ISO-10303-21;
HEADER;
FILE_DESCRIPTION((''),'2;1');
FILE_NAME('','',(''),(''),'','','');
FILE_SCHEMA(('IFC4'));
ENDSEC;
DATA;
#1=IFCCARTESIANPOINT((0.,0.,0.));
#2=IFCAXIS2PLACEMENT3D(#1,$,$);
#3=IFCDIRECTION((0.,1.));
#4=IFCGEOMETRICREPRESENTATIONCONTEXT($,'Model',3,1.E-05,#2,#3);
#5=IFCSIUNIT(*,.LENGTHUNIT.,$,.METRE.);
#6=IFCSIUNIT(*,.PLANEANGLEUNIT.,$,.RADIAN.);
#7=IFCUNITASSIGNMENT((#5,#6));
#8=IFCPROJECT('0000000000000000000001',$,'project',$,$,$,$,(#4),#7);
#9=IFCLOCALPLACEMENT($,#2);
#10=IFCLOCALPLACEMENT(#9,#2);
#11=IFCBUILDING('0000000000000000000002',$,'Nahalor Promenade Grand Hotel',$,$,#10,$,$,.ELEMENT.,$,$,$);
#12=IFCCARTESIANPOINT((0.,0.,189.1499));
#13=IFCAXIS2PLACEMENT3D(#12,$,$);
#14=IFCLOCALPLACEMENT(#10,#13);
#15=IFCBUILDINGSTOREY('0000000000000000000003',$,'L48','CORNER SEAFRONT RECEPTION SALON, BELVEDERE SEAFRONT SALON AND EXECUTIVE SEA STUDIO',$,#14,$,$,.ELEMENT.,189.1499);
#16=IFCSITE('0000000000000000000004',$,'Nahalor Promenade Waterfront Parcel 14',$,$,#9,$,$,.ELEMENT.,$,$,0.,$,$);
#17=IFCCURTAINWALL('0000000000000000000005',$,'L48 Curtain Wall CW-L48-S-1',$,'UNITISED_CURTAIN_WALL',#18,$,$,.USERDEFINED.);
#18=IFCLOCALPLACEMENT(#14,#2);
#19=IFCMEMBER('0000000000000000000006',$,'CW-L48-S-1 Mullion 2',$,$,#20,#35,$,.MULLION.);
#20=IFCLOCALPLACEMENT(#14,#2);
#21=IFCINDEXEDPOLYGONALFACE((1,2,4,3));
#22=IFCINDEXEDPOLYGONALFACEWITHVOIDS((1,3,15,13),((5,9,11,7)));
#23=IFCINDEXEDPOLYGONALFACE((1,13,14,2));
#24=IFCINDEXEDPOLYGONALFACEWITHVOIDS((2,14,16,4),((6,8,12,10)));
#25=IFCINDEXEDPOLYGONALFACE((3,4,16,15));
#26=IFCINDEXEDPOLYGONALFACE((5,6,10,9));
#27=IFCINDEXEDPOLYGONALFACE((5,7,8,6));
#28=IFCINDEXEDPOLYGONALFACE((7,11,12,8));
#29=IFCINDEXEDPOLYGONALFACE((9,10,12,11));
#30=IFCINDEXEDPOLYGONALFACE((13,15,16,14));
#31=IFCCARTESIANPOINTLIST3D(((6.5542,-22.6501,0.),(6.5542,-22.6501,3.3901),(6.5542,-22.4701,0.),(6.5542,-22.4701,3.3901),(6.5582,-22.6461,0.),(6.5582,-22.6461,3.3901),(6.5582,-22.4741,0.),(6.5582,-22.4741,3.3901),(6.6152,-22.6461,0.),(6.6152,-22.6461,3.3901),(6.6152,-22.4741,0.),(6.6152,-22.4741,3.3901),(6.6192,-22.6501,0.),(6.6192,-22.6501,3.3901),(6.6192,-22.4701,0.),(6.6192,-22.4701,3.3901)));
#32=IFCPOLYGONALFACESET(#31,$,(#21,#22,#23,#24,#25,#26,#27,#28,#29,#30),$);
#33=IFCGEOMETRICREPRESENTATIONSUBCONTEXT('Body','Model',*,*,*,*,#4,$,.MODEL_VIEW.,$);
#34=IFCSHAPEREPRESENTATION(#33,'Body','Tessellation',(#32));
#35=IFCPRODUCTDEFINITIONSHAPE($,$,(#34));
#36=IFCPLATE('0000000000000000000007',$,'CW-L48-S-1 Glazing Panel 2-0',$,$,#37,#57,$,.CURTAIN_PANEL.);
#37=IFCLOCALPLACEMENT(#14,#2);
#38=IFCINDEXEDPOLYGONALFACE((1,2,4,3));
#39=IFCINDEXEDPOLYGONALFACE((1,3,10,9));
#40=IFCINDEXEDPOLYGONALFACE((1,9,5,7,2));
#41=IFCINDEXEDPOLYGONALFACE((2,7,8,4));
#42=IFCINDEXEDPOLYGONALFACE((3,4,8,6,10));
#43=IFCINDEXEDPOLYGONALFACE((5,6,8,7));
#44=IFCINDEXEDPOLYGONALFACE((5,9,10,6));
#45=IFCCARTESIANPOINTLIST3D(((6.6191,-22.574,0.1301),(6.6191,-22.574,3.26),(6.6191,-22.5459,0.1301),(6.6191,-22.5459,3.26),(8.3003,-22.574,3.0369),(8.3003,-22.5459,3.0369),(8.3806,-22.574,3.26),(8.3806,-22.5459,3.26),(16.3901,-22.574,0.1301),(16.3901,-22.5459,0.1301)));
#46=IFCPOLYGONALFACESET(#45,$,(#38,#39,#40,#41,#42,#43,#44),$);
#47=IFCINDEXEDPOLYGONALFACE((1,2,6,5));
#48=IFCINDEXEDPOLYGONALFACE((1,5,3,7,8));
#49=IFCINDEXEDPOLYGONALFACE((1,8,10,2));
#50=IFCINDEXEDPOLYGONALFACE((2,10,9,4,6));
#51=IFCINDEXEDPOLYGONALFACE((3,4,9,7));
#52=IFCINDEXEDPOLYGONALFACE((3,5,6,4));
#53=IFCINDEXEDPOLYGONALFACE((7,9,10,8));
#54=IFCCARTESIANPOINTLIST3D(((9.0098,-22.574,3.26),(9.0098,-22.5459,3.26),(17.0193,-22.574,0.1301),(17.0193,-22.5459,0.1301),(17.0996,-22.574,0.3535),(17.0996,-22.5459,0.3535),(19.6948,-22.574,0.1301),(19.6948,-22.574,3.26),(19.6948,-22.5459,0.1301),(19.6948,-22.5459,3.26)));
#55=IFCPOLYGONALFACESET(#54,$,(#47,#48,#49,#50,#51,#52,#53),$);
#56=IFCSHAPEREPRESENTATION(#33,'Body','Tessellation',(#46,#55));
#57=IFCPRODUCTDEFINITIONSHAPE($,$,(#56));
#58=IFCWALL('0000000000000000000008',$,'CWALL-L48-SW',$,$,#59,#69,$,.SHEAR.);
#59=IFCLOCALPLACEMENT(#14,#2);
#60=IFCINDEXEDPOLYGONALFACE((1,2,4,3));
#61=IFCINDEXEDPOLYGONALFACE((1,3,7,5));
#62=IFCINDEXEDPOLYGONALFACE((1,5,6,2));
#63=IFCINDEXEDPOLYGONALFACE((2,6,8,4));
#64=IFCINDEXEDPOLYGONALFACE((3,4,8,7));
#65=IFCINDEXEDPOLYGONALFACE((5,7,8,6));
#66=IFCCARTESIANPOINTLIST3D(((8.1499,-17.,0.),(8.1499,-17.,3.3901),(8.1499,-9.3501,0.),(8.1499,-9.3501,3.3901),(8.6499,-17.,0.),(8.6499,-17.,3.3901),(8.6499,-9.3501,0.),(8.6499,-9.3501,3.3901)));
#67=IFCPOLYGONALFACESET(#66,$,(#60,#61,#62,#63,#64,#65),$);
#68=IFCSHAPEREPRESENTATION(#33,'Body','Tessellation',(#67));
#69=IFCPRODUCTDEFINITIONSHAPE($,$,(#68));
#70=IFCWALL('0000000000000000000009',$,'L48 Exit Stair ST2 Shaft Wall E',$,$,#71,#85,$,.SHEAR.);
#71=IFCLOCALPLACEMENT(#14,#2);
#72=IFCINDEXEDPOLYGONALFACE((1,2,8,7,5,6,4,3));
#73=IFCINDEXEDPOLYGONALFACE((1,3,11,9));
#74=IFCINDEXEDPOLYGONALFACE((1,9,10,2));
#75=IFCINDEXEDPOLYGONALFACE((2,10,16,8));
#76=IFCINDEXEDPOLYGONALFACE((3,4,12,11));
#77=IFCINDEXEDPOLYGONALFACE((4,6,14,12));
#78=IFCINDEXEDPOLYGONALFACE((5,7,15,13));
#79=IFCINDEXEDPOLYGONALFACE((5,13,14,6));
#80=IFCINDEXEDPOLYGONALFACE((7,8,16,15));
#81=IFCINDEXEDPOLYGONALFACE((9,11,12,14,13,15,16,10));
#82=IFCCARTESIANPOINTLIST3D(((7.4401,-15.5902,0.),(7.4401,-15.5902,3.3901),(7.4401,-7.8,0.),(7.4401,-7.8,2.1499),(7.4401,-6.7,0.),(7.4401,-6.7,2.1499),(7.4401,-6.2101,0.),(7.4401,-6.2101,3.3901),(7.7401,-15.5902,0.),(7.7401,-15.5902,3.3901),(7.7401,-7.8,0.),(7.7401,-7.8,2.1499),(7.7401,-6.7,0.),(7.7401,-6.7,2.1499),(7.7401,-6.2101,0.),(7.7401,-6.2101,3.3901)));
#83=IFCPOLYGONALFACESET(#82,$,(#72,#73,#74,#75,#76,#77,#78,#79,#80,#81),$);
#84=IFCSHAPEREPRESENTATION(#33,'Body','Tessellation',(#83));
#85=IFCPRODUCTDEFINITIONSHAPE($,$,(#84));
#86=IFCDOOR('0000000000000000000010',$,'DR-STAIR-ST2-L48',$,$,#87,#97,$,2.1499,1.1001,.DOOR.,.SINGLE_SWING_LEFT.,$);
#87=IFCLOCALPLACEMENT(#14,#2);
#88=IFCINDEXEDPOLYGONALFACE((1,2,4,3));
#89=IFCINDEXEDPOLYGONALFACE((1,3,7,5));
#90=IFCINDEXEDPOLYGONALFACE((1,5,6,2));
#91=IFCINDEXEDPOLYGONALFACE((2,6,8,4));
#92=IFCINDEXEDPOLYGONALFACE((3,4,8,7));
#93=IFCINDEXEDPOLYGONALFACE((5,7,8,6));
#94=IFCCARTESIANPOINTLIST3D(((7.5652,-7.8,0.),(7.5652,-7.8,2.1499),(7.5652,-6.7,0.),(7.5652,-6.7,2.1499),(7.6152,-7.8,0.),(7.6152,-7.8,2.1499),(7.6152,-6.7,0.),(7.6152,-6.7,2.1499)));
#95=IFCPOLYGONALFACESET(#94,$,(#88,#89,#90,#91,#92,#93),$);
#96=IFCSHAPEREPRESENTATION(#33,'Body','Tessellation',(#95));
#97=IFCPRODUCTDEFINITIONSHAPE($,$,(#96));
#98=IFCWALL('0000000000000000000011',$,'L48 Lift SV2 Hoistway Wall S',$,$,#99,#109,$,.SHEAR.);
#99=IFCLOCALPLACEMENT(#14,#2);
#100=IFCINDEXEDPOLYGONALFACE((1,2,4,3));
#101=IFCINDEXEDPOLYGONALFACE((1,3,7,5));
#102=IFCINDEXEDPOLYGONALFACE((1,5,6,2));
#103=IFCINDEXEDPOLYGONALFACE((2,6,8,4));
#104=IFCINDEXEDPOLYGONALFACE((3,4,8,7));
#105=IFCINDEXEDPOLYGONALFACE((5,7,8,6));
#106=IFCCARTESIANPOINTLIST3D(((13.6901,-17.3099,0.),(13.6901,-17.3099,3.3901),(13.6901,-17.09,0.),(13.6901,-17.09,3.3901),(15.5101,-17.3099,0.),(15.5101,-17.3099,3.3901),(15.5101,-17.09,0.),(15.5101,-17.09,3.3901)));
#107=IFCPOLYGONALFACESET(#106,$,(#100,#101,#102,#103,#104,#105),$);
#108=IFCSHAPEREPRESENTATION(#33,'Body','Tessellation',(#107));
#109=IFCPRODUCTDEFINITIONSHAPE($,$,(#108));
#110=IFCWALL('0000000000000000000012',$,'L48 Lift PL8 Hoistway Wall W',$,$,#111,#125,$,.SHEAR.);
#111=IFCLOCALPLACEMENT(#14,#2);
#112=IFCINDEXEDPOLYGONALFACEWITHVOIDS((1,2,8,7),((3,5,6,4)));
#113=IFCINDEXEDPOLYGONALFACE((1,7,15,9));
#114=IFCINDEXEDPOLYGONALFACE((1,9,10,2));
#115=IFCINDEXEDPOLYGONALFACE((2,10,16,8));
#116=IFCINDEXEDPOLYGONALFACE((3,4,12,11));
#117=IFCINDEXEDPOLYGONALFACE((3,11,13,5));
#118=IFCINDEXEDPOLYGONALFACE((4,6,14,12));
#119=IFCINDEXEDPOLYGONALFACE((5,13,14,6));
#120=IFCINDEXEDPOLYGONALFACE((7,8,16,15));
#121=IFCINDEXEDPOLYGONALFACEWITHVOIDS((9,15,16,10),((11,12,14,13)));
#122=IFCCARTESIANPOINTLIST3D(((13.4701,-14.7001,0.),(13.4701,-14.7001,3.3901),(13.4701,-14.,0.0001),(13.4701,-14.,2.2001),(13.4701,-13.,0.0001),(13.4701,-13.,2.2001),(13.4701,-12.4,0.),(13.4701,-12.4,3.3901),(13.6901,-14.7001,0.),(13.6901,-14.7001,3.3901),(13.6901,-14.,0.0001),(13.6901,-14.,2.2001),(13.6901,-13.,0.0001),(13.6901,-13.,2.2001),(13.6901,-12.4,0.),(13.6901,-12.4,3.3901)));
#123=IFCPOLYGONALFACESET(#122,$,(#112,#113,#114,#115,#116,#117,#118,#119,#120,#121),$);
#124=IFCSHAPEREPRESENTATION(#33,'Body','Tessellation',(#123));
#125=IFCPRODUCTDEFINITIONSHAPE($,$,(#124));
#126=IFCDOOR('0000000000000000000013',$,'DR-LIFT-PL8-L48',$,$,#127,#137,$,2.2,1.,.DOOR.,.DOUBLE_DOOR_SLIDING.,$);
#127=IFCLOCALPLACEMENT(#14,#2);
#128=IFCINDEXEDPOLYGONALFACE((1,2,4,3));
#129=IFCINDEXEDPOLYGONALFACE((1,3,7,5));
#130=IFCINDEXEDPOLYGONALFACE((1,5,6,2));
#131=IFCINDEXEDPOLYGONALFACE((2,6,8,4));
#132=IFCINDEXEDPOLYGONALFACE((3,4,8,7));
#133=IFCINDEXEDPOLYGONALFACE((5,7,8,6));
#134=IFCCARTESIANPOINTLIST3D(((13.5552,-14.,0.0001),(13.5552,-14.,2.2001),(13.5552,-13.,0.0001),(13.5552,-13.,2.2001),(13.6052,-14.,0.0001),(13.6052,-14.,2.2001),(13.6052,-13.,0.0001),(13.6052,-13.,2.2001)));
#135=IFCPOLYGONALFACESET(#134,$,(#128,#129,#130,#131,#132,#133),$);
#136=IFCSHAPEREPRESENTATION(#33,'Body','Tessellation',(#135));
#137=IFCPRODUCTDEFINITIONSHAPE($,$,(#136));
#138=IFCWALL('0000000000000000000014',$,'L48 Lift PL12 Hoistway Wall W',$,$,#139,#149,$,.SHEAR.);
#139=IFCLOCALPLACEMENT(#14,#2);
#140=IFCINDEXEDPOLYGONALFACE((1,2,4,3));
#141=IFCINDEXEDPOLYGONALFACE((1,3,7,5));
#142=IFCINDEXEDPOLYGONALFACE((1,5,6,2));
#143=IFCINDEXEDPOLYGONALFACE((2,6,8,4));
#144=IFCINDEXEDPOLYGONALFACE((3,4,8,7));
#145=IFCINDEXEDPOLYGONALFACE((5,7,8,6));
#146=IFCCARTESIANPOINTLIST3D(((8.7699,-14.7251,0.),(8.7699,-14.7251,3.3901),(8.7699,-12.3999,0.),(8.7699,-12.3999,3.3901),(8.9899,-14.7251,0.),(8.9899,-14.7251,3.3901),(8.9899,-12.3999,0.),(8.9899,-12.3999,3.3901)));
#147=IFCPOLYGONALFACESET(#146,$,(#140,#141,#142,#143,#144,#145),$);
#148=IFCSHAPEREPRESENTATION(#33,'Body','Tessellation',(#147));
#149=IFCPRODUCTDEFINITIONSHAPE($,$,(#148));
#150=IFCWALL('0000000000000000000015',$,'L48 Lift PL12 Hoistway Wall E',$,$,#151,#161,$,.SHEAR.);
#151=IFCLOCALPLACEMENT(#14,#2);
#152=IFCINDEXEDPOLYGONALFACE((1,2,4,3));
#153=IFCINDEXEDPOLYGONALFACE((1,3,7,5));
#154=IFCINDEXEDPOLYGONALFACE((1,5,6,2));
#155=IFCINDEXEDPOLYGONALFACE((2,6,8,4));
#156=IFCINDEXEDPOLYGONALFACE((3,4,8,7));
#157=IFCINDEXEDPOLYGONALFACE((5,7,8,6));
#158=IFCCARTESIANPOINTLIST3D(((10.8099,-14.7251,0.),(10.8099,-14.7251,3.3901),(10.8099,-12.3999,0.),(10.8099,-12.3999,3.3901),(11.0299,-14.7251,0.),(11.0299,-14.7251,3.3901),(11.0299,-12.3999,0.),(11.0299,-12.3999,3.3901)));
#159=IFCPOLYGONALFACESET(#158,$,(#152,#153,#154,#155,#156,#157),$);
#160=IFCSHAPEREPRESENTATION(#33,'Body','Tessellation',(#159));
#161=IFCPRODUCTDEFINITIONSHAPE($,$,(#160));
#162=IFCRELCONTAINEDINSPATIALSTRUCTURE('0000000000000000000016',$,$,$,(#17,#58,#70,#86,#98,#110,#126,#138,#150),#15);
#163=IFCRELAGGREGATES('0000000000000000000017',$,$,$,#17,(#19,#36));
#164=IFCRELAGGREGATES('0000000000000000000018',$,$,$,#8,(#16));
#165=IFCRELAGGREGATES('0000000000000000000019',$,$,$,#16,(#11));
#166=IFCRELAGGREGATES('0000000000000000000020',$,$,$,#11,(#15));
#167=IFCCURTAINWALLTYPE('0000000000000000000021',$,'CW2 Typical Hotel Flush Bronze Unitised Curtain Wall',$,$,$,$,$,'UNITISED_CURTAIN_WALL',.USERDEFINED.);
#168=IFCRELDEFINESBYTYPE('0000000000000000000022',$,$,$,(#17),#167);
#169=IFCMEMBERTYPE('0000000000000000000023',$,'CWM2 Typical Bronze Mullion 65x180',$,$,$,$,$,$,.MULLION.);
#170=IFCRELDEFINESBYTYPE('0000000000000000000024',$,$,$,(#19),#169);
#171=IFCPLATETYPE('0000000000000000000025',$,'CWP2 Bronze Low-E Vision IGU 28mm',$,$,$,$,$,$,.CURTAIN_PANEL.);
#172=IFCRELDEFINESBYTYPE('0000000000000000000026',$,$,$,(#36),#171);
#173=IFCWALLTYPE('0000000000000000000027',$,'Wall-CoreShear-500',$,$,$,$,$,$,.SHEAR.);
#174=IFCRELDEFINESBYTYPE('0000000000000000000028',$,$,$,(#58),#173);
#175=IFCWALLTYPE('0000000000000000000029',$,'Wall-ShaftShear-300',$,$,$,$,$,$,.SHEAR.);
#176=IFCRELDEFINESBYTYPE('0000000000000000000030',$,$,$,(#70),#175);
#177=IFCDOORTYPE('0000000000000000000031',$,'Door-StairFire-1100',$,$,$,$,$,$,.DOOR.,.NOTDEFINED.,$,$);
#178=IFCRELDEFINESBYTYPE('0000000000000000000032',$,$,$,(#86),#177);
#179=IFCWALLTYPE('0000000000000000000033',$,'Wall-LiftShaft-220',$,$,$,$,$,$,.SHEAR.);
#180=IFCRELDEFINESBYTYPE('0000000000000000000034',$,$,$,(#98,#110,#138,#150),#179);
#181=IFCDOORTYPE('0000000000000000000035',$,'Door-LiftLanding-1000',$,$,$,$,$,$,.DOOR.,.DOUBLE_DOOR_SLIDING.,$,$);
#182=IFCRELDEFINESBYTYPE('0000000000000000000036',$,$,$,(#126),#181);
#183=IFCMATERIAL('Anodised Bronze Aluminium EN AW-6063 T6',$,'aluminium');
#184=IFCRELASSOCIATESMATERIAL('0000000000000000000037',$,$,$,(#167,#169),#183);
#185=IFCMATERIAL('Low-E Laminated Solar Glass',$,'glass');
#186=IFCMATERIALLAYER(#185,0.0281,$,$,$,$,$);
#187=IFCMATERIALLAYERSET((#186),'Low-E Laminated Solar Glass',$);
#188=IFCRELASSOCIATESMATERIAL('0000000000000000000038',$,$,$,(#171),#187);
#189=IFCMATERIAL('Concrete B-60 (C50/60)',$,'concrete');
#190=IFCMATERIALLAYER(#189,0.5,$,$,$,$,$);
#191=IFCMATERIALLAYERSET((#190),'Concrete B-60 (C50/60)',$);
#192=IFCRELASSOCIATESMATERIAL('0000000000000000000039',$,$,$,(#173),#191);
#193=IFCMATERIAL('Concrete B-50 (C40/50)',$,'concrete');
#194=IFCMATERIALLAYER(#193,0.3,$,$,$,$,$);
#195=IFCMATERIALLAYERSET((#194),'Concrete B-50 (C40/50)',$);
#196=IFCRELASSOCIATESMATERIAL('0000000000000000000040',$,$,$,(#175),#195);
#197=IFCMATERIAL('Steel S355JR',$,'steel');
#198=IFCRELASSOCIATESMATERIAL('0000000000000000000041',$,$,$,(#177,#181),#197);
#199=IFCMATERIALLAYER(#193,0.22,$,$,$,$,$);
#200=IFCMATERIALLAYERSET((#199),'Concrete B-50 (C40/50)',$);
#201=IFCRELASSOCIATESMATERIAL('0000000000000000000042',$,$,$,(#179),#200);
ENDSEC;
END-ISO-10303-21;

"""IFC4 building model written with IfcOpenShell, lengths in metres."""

from ifc_helpers import new_model, si_unit, direction, frame, frame_2d, origin, origin_2d, place, context, subcontext, project, spatial, polyline, rectangle, hollow_rectangle, outline, extrude, source, transform, mapped, material, layer, layer_set, material_profile, profile_set, type_object, element, fill, aggregate, save


model = new_model("IFC4")

# Units and contexts
model_context = context("Model", 3, precision=1e-05, world=origin(), true_north=direction((0.0, 1.0)))
body_context = subcontext(model_context, "Body", "Model", "MODEL_VIEW")
ifc_project = project(units=[si_unit("LENGTHUNIT", "METRE"), si_unit("PLANEANGLEUNIT", "RADIAN")], contexts=[model_context])

# Site, building, storey
site_placement = place(None, origin())
site = spatial("IfcSite", under=ifc_project, at=site_placement, Name="Nahalor Promenade Waterfront Parcel 14", CompositionType="ELEMENT", RefElevation=0.0)
building_placement = place(site_placement, origin())
building = spatial("IfcBuilding", under=site, at=building_placement, Name="Nahalor Promenade Grand Hotel", CompositionType="ELEMENT")
storey_placement = place(building_placement, frame((0.0, 0.0, 189.1499)))
storey = spatial("IfcBuildingStorey", under=building, at=storey_placement, Name="L48", Description="CORNER SEAFRONT RECEPTION SALON, BELVEDERE SEAFRONT SALON AND EXECUTIVE SEA STUDIO", CompositionType="ELEMENT", Elevation=189.1499)

# Shared definitions
ifc_material_1 = material(Name="Concrete B-60 (C50/60)", Category="concrete")

# Shared definitions
ifc_material_2 = material(Name="Steel S355JR", Category="steel")

# Curtain wall, member, plate
ifc_material_3 = material(Name="Anodised Bronze Aluminium EN AW-6063 T6", Category="aluminium")
curtain_wall_type = type_object("IfcCurtainWallType", Name="CW2 Typical Hotel Flush Bronze Unitised Curtain Wall", ElementType="UNITISED_CURTAIN_WALL", PredefinedType="USERDEFINED", material=ifc_material_3)
curtain_wall_placement = place(storey_placement, origin())
curtain_wall = element("IfcCurtainWall", 1, at=curtain_wall_placement, inside=storey, type_object=curtain_wall_type, Name="L48 Curtain Wall CW-L48-S-1", ObjectType="UNITISED_CURTAIN_WALL", PredefinedType="USERDEFINED")
ifc_material_profile_1 = material_profile(ifc_material_3, hollow_rectangle(XDim=0.065, YDim=0.18, WallThickness=0.004, at=origin_2d()), Name="CWM 65x180x4")
ifc_profile_set_1 = profile_set([ifc_material_profile_1], Name="Anodised Bronze Aluminium EN AW-6063 T6")
member_type_1 = type_object("IfcMemberType", Name="CWM2 Typical Bronze Mullion 65x180", PredefinedType="MULLION", material=ifc_profile_set_1)
shared_shape_1 = source(origin(), body_context, "Body", "SweptSolid", [
    extrude(hollow_rectangle(XDim=0.065, YDim=0.18, WallThickness=0.004, at=origin_2d()), origin(), (0.0, 0.0, 1.0), 3.3901),
])
member_1_placement = place(storey_placement, frame((6.5867, -22.5601, 0.0), z_axis=(0.0, 0.0, 1.0), x_axis=(1.0, 0.0, 0.0)))
member_1 = element("IfcMember", 2, at=member_1_placement, type_object=member_type_1, Name="CW-L48-S-1 Mullion 2", PredefinedType="MULLION", context=body_context, shape_type="MappedRepresentation", body=[
    mapped(shared_shape_1, transform((0.0, 0.0, 0.0), scale=1.0)),
])
ifc_material_4 = material(Name="Low-E Laminated Solar Glass", Category="glass")
ifc_layer_1 = layer(ifc_material_4, 0.0281)
ifc_layer_set_1 = layer_set([ifc_layer_1], Name="Low-E Laminated Solar Glass")
plate_type = type_object("IfcPlateType", Name="CWP2 Bronze Low-E Vision IGU 28mm", PredefinedType="CURTAIN_PANEL", material=ifc_layer_set_1)
plate_placement = place(storey_placement, frame((13.157, -22.5601, 0.1301), z_axis=(0.0, 0.0, 1.0), x_axis=(1.0, 0.0, 0.0)))
plate = element("IfcPlate", 3, at=plate_placement, type_object=plate_type, Name="CW-L48-S-1 Glazing Panel 2-0", PredefinedType="CURTAIN_PANEL", context=body_context, shape_type="SweptSolid", body=[
    extrude(outline(polyline([(-6.5378, 3.1299), (-6.5378, 0.0), (3.2332, 0.0), (-4.8567, 2.9067), (-4.7764, 3.1299), (-6.5378, 3.1299)])), frame((0.0, 0.0142, 0.0), z_axis=(0.0, -1.0, 0.0), x_axis=(1.0, 0.0, 0.0)), (0.0, 0.0, 1.0), 0.0281),
    extrude(outline(polyline([(6.5378, 0.0), (6.5378, 3.1299), (-4.1472, 3.1299), (3.9426, 0.2234), (3.8623, 0.0), (6.5378, 0.0)])), frame((0.0, 0.0142, 0.0), z_axis=(0.0, -1.0, 0.0), x_axis=(1.0, 0.0, 0.0)), (0.0, 0.0, 1.0), 0.0281),
])
aggregate(curtain_wall, [member_1, plate])

# Wall
ifc_layer_2 = layer(ifc_material_1, 0.5)
ifc_layer_set_2 = layer_set([ifc_layer_2], Name="Concrete B-60 (C50/60)")
wall_type_1 = type_object("IfcWallType", Name="Wall-CoreShear-500", PredefinedType="SHEAR", material=ifc_layer_set_2)
shared_shape_2 = source(origin(), body_context, "Body", "SweptSolid", [
    extrude(rectangle(XDim=7.6499, YDim=0.5, at=frame_2d((3.825, 0.0))), origin(), (0.0, 0.0, 1.0), 3.3901),
])
wall_1_placement = place(storey_placement, frame((8.3999, -17.0, 0.0), z_axis=(0.0, 0.0, 1.0), x_axis=(0.0, 1.0, 0.0)))
element("IfcWall", 4, at=wall_1_placement, inside=storey, type_object=wall_type_1, Name="CWALL-L48-SW", PredefinedType="SHEAR", context=body_context, shape_type="MappedRepresentation", body=[
    mapped(shared_shape_2, transform((0.0, 0.0, 0.0), scale=1.0)),
])

# Wall, opening, door
ifc_material_5 = material(Name="Concrete B-50 (C40/50)", Category="concrete")
ifc_layer_3 = layer(ifc_material_5, 0.3)
ifc_layer_set_3 = layer_set([ifc_layer_3], Name="Concrete B-50 (C40/50)")
wall_type_2 = type_object("IfcWallType", Name="Wall-ShaftShear-300", PredefinedType="SHEAR", material=ifc_layer_set_3)
shared_shape_3 = source(origin(), body_context, "Body", "SweptSolid", [
    extrude(rectangle(XDim=9.3801, YDim=0.3, at=frame_2d((4.6899, 0.0))), origin(), (0.0, 0.0, 1.0), 3.3901),
])
wall_2_placement = place(storey_placement, frame((7.5901, -15.5901, 0.0), z_axis=(0.0, 0.0, 1.0), x_axis=(0.0, 1.0, 0.0)))
wall_2 = element("IfcWall", 5, at=wall_2_placement, inside=storey, type_object=wall_type_2, Name="L48 Exit Stair ST2 Shaft Wall E", PredefinedType="SHEAR", context=body_context, shape_type="MappedRepresentation", body=[
    mapped(shared_shape_3, transform((0.0, 0.0, 0.0), scale=1.0)),
])
opening_1_placement = place(wall_2_placement, frame((7.79, 0.0, 0.0)))
opening_1 = element("IfcOpeningElement", 6, at=opening_1_placement, cuts=wall_2, PredefinedType="OPENING", context=body_context, shape_type="SweptSolid", body=[
    extrude(rectangle(XDim=1.1001, YDim=2.1499, at=frame_2d((0.55, 1.075))), frame((0.0, 0.1599, 0.0), z_axis=(0.0, -1.0, 0.0), x_axis=(1.0, 0.0, 0.0)), (0.0, 0.0, 1.0), 0.3201),
])
door_type_1 = type_object("IfcDoorType", Name="Door-StairFire-1100", OperationType="NOTDEFINED", PredefinedType="DOOR", material=ifc_material_2)
shared_shape_4 = source(origin(), body_context, "Body", "SweptSolid", [
    extrude(rectangle(XDim=1.1001, YDim=2.1499, at=frame_2d((0.55, 1.075))), frame((0.0, 0.0249, 0.0), z_axis=(0.0, -1.0, 0.0), x_axis=(1.0, 0.0, 0.0)), (0.0, 0.0, 1.0), 0.05),
])
door_1_placement = place(opening_1_placement, origin())
door_1 = element("IfcDoor", 7, at=door_1_placement, inside=storey, type_object=door_type_1, Name="DR-STAIR-ST2-L48", OperationType="SINGLE_SWING_LEFT", OverallHeight=2.1499, OverallWidth=1.1001, PredefinedType="DOOR", context=body_context, shape_type="MappedRepresentation", body=[
    mapped(shared_shape_4, transform((0.0, 0.0, 0.0), scale=1.0)),
])
fill(opening_1, door_1)

# Wall
ifc_layer_4 = layer(ifc_material_5, 0.22)
ifc_layer_set_4 = layer_set([ifc_layer_4], Name="Concrete B-50 (C40/50)")
wall_type_3 = type_object("IfcWallType", Name="Wall-LiftShaft-220", PredefinedType="SHEAR", material=ifc_layer_set_4)
shared_shape_5 = source(origin(), body_context, "Body", "SweptSolid", [
    extrude(rectangle(XDim=1.8201, YDim=0.22, at=frame_2d((0.9102, 0.0))), origin(), (0.0, 0.0, 1.0), 3.3901),
])
wall_3_placement = place(storey_placement, frame((13.6899, -17.2, 0.0), z_axis=(0.0, 0.0, 1.0), x_axis=(1.0, 0.0, 0.0)))
element("IfcWall", 8, at=wall_3_placement, inside=storey, type_object=wall_type_3, Name="L48 Lift SV2 Hoistway Wall S", PredefinedType="SHEAR", context=body_context, shape_type="MappedRepresentation", body=[
    mapped(shared_shape_5, transform((0.0, 0.0, 0.0), scale=1.0)),
])

# Wall, opening, door
shared_shape_6 = source(origin(), body_context, "Body", "SweptSolid", [
    extrude(rectangle(XDim=2.3, YDim=0.22, at=frame_2d((1.1499, 0.0))), origin(), (0.0, 0.0, 1.0), 3.3901),
])
wall_4_placement = place(storey_placement, frame((13.5801, -14.7, 0.0), z_axis=(0.0, 0.0, 1.0), x_axis=(0.0, 1.0, 0.0)))
wall_4 = element("IfcWall", 9, at=wall_4_placement, inside=storey, type_object=wall_type_3, Name="L48 Lift PL8 Hoistway Wall W", PredefinedType="SHEAR", context=body_context, shape_type="MappedRepresentation", body=[
    mapped(shared_shape_6, transform((0.0, 0.0, 0.0), scale=1.0)),
])
opening_2_placement = place(wall_4_placement, frame((0.7, 0.0, 0.0)))
opening_2 = element("IfcOpeningElement", 10, at=opening_2_placement, cuts=wall_4, PredefinedType="OPENING", context=body_context, shape_type="SweptSolid", body=[
    extrude(rectangle(XDim=1.0, YDim=2.2, at=frame_2d((0.5, 1.1001))), frame((0.0, 0.1199, 0.0), z_axis=(0.0, -1.0, 0.0), x_axis=(1.0, 0.0, 0.0)), (0.0, 0.0, 1.0), 0.24),
])
door_type_2 = type_object("IfcDoorType", Name="Door-LiftLanding-1000", OperationType="DOUBLE_DOOR_SLIDING", PredefinedType="DOOR", material=ifc_material_2)
shared_shape_7 = source(origin(), body_context, "Body", "SweptSolid", [
    extrude(rectangle(XDim=1.0, YDim=2.2, at=frame_2d((0.5, 1.1001))), frame((0.0, 0.0249, 0.0), z_axis=(0.0, -1.0, 0.0), x_axis=(1.0, 0.0, 0.0)), (0.0, 0.0, 1.0), 0.05),
])
door_2_placement = place(opening_2_placement, origin())
door_2 = element("IfcDoor", 11, at=door_2_placement, inside=storey, type_object=door_type_2, Name="DR-LIFT-PL8-L48", OperationType="DOUBLE_DOOR_SLIDING", OverallHeight=2.2, OverallWidth=1.0, PredefinedType="DOOR", context=body_context, shape_type="MappedRepresentation", body=[
    mapped(shared_shape_7, transform((0.0, 0.0, 0.0), scale=1.0)),
])
fill(opening_2, door_2)

# Walls
shared_shape_8 = source(origin(), body_context, "Body", "SweptSolid", [
    extrude(rectangle(XDim=2.3252, YDim=0.22, at=frame_2d((1.1626, 0.0))), origin(), (0.0, 0.0, 1.0), 3.3901),
])
for number, where, z_axis, x_axis, name in (
    (12, (8.8799, -14.7251, 0.0), (0.0, 0.0, 1.0), (0.0, 1.0, 0.0), "L48 Lift PL12 Hoistway Wall W"),
    (13, (10.9199, -14.7251, 0.0), (0.0, 0.0, 1.0), (0.0, 1.0, 0.0), "L48 Lift PL12 Hoistway Wall E"),
):
    element("IfcWall", number, at=place(storey_placement, frame(where, z_axis=z_axis, x_axis=x_axis)), inside=storey, type_object=wall_type_3, Name=name, PredefinedType="SHEAR", context=body_context, shape_type="MappedRepresentation", body=[
        mapped(shared_shape_8, transform((0.0, 0.0, 0.0), scale=1.0)),
    ])

save(model, "model.ifc")
